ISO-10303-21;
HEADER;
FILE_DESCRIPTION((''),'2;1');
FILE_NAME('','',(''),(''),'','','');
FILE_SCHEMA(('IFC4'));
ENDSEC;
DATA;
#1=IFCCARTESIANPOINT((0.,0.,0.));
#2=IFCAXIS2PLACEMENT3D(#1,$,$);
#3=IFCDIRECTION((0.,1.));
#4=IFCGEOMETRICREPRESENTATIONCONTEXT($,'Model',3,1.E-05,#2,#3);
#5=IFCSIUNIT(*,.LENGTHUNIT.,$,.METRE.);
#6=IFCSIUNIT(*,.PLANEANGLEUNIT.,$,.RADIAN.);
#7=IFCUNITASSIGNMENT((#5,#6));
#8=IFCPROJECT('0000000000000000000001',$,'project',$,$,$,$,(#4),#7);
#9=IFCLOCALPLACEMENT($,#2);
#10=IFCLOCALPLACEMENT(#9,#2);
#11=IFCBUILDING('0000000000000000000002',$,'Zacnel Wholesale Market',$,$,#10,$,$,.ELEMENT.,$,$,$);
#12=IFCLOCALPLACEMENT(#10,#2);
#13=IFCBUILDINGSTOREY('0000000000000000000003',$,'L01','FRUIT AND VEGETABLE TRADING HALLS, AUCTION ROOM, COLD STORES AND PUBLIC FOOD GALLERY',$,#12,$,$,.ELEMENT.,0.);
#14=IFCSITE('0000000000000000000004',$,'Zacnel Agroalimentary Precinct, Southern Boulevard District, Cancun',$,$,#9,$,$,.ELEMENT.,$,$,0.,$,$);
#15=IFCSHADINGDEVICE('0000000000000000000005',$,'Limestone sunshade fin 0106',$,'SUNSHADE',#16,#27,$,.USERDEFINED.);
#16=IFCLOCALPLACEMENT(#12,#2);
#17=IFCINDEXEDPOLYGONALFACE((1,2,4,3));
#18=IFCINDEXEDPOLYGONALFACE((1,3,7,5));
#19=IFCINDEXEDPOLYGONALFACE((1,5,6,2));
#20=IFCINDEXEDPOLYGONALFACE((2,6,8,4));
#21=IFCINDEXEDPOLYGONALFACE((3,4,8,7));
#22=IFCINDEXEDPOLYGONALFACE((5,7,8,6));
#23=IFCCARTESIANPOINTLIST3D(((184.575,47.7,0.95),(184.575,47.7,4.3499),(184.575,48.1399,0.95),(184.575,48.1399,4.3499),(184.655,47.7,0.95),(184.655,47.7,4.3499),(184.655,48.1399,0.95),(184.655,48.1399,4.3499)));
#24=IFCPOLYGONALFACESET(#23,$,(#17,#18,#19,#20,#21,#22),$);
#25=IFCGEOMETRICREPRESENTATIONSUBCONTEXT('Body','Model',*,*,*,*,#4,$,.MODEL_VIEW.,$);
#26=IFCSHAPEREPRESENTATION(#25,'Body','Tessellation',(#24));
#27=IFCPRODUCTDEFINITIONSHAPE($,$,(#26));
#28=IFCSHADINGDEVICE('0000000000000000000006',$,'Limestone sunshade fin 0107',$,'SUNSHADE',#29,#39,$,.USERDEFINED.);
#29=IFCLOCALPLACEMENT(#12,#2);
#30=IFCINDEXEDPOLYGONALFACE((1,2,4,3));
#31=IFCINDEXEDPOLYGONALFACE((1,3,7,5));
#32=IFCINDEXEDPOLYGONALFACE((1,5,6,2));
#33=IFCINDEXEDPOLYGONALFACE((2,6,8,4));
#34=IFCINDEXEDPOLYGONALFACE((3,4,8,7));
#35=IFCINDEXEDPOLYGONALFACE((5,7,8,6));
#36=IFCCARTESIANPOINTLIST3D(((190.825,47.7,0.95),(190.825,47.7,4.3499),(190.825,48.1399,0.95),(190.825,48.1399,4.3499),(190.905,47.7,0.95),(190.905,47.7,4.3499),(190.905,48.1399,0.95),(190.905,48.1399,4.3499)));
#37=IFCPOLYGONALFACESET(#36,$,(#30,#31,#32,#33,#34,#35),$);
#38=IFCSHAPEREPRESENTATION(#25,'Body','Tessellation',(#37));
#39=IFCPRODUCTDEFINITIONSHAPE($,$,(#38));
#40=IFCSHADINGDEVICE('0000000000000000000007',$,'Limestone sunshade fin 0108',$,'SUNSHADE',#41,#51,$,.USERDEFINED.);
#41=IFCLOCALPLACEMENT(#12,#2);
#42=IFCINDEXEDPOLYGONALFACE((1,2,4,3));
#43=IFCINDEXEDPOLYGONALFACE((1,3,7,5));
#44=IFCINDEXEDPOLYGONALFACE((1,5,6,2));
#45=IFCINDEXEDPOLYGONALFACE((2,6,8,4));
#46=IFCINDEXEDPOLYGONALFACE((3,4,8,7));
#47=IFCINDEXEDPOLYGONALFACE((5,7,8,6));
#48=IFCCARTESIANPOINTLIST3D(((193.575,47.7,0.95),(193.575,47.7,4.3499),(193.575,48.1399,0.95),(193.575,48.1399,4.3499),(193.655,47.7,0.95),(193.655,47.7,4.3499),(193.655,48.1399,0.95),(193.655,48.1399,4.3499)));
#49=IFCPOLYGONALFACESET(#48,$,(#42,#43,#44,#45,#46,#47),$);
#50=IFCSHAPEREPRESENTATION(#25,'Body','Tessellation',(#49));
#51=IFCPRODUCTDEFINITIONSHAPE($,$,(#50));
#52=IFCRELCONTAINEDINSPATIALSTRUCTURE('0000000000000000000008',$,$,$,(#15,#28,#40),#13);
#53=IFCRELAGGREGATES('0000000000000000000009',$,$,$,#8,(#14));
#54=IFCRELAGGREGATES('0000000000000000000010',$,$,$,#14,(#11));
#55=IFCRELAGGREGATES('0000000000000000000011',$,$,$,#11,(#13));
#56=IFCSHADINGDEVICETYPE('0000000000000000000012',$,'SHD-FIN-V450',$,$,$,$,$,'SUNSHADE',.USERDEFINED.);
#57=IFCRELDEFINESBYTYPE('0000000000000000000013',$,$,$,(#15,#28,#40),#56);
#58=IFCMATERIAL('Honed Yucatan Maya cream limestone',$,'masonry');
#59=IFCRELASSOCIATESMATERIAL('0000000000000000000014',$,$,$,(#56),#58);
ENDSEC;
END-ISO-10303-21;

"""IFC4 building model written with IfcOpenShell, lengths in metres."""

from ifc_helpers import new_model, si_unit, direction, frame, origin, origin_2d, place, context, subcontext, project, spatial, rectangle, extrude, material, type_object, element, save


model = new_model("IFC4")

# Units and contexts
model_context = context("Model", 3, precision=1e-05, world=origin(), true_north=direction((0.0, 1.0)))
body_context = subcontext(model_context, "Body", "Model", "MODEL_VIEW")
ifc_project = project(units=[si_unit("LENGTHUNIT", "METRE"), si_unit("PLANEANGLEUNIT", "RADIAN")], contexts=[model_context])

# Site, building, storey
site_placement = place(None, origin())
site = spatial("IfcSite", under=ifc_project, at=site_placement, Name="Zacnel Agroalimentary Precinct, Southern Boulevard District, Cancun", CompositionType="ELEMENT", RefElevation=0.0)
building_placement = place(site_placement, origin())
building = spatial("IfcBuilding", under=site, at=building_placement, Name="Zacnel Wholesale Market", CompositionType="ELEMENT")
storey_placement = place(building_placement, origin())
storey = spatial("IfcBuildingStorey", under=building, at=storey_placement, Name="L01", Description="FRUIT AND VEGETABLE TRADING HALLS, AUCTION ROOM, COLD STORES AND PUBLIC FOOD GALLERY", CompositionType="ELEMENT", Elevation=0.0)

# Shading devices
ifc_material_1 = material(Name="Honed Yucatan Maya cream limestone", Category="masonry")
shading_device_type = type_object("IfcShadingDeviceType", Name="SHD-FIN-V450", ElementType="SUNSHADE", PredefinedType="USERDEFINED", material=ifc_material_1)
for number, where, z_axis, x_axis, name in (
    (1, (184.615, 47.9199, 0.95), (0.0, 0.0, 1.0), (1.0, 0.0, 0.0), "Limestone sunshade fin 0106"),
    (2, (190.865, 47.9199, 0.95), (0.0, 0.0, 1.0), (1.0, 0.0, 0.0), "Limestone sunshade fin 0107"),
    (3, (193.615, 47.9199, 0.95), (0.0, 0.0, 1.0), (1.0, 0.0, 0.0), "Limestone sunshade fin 0108"),
):
    element("IfcShadingDevice", number, at=place(storey_placement, frame(where, z_axis=z_axis, x_axis=x_axis)), inside=storey, type_object=shading_device_type, Name=name, ObjectType="SUNSHADE", PredefinedType="USERDEFINED", context=body_context, shape_type="SweptSolid", body=[
        extrude(rectangle(XDim=0.0801, YDim=0.4399, at=origin_2d()), origin(), (0.0, 0.0, 1.0), 3.3999),
    ])

save(model, "model.ifc")
